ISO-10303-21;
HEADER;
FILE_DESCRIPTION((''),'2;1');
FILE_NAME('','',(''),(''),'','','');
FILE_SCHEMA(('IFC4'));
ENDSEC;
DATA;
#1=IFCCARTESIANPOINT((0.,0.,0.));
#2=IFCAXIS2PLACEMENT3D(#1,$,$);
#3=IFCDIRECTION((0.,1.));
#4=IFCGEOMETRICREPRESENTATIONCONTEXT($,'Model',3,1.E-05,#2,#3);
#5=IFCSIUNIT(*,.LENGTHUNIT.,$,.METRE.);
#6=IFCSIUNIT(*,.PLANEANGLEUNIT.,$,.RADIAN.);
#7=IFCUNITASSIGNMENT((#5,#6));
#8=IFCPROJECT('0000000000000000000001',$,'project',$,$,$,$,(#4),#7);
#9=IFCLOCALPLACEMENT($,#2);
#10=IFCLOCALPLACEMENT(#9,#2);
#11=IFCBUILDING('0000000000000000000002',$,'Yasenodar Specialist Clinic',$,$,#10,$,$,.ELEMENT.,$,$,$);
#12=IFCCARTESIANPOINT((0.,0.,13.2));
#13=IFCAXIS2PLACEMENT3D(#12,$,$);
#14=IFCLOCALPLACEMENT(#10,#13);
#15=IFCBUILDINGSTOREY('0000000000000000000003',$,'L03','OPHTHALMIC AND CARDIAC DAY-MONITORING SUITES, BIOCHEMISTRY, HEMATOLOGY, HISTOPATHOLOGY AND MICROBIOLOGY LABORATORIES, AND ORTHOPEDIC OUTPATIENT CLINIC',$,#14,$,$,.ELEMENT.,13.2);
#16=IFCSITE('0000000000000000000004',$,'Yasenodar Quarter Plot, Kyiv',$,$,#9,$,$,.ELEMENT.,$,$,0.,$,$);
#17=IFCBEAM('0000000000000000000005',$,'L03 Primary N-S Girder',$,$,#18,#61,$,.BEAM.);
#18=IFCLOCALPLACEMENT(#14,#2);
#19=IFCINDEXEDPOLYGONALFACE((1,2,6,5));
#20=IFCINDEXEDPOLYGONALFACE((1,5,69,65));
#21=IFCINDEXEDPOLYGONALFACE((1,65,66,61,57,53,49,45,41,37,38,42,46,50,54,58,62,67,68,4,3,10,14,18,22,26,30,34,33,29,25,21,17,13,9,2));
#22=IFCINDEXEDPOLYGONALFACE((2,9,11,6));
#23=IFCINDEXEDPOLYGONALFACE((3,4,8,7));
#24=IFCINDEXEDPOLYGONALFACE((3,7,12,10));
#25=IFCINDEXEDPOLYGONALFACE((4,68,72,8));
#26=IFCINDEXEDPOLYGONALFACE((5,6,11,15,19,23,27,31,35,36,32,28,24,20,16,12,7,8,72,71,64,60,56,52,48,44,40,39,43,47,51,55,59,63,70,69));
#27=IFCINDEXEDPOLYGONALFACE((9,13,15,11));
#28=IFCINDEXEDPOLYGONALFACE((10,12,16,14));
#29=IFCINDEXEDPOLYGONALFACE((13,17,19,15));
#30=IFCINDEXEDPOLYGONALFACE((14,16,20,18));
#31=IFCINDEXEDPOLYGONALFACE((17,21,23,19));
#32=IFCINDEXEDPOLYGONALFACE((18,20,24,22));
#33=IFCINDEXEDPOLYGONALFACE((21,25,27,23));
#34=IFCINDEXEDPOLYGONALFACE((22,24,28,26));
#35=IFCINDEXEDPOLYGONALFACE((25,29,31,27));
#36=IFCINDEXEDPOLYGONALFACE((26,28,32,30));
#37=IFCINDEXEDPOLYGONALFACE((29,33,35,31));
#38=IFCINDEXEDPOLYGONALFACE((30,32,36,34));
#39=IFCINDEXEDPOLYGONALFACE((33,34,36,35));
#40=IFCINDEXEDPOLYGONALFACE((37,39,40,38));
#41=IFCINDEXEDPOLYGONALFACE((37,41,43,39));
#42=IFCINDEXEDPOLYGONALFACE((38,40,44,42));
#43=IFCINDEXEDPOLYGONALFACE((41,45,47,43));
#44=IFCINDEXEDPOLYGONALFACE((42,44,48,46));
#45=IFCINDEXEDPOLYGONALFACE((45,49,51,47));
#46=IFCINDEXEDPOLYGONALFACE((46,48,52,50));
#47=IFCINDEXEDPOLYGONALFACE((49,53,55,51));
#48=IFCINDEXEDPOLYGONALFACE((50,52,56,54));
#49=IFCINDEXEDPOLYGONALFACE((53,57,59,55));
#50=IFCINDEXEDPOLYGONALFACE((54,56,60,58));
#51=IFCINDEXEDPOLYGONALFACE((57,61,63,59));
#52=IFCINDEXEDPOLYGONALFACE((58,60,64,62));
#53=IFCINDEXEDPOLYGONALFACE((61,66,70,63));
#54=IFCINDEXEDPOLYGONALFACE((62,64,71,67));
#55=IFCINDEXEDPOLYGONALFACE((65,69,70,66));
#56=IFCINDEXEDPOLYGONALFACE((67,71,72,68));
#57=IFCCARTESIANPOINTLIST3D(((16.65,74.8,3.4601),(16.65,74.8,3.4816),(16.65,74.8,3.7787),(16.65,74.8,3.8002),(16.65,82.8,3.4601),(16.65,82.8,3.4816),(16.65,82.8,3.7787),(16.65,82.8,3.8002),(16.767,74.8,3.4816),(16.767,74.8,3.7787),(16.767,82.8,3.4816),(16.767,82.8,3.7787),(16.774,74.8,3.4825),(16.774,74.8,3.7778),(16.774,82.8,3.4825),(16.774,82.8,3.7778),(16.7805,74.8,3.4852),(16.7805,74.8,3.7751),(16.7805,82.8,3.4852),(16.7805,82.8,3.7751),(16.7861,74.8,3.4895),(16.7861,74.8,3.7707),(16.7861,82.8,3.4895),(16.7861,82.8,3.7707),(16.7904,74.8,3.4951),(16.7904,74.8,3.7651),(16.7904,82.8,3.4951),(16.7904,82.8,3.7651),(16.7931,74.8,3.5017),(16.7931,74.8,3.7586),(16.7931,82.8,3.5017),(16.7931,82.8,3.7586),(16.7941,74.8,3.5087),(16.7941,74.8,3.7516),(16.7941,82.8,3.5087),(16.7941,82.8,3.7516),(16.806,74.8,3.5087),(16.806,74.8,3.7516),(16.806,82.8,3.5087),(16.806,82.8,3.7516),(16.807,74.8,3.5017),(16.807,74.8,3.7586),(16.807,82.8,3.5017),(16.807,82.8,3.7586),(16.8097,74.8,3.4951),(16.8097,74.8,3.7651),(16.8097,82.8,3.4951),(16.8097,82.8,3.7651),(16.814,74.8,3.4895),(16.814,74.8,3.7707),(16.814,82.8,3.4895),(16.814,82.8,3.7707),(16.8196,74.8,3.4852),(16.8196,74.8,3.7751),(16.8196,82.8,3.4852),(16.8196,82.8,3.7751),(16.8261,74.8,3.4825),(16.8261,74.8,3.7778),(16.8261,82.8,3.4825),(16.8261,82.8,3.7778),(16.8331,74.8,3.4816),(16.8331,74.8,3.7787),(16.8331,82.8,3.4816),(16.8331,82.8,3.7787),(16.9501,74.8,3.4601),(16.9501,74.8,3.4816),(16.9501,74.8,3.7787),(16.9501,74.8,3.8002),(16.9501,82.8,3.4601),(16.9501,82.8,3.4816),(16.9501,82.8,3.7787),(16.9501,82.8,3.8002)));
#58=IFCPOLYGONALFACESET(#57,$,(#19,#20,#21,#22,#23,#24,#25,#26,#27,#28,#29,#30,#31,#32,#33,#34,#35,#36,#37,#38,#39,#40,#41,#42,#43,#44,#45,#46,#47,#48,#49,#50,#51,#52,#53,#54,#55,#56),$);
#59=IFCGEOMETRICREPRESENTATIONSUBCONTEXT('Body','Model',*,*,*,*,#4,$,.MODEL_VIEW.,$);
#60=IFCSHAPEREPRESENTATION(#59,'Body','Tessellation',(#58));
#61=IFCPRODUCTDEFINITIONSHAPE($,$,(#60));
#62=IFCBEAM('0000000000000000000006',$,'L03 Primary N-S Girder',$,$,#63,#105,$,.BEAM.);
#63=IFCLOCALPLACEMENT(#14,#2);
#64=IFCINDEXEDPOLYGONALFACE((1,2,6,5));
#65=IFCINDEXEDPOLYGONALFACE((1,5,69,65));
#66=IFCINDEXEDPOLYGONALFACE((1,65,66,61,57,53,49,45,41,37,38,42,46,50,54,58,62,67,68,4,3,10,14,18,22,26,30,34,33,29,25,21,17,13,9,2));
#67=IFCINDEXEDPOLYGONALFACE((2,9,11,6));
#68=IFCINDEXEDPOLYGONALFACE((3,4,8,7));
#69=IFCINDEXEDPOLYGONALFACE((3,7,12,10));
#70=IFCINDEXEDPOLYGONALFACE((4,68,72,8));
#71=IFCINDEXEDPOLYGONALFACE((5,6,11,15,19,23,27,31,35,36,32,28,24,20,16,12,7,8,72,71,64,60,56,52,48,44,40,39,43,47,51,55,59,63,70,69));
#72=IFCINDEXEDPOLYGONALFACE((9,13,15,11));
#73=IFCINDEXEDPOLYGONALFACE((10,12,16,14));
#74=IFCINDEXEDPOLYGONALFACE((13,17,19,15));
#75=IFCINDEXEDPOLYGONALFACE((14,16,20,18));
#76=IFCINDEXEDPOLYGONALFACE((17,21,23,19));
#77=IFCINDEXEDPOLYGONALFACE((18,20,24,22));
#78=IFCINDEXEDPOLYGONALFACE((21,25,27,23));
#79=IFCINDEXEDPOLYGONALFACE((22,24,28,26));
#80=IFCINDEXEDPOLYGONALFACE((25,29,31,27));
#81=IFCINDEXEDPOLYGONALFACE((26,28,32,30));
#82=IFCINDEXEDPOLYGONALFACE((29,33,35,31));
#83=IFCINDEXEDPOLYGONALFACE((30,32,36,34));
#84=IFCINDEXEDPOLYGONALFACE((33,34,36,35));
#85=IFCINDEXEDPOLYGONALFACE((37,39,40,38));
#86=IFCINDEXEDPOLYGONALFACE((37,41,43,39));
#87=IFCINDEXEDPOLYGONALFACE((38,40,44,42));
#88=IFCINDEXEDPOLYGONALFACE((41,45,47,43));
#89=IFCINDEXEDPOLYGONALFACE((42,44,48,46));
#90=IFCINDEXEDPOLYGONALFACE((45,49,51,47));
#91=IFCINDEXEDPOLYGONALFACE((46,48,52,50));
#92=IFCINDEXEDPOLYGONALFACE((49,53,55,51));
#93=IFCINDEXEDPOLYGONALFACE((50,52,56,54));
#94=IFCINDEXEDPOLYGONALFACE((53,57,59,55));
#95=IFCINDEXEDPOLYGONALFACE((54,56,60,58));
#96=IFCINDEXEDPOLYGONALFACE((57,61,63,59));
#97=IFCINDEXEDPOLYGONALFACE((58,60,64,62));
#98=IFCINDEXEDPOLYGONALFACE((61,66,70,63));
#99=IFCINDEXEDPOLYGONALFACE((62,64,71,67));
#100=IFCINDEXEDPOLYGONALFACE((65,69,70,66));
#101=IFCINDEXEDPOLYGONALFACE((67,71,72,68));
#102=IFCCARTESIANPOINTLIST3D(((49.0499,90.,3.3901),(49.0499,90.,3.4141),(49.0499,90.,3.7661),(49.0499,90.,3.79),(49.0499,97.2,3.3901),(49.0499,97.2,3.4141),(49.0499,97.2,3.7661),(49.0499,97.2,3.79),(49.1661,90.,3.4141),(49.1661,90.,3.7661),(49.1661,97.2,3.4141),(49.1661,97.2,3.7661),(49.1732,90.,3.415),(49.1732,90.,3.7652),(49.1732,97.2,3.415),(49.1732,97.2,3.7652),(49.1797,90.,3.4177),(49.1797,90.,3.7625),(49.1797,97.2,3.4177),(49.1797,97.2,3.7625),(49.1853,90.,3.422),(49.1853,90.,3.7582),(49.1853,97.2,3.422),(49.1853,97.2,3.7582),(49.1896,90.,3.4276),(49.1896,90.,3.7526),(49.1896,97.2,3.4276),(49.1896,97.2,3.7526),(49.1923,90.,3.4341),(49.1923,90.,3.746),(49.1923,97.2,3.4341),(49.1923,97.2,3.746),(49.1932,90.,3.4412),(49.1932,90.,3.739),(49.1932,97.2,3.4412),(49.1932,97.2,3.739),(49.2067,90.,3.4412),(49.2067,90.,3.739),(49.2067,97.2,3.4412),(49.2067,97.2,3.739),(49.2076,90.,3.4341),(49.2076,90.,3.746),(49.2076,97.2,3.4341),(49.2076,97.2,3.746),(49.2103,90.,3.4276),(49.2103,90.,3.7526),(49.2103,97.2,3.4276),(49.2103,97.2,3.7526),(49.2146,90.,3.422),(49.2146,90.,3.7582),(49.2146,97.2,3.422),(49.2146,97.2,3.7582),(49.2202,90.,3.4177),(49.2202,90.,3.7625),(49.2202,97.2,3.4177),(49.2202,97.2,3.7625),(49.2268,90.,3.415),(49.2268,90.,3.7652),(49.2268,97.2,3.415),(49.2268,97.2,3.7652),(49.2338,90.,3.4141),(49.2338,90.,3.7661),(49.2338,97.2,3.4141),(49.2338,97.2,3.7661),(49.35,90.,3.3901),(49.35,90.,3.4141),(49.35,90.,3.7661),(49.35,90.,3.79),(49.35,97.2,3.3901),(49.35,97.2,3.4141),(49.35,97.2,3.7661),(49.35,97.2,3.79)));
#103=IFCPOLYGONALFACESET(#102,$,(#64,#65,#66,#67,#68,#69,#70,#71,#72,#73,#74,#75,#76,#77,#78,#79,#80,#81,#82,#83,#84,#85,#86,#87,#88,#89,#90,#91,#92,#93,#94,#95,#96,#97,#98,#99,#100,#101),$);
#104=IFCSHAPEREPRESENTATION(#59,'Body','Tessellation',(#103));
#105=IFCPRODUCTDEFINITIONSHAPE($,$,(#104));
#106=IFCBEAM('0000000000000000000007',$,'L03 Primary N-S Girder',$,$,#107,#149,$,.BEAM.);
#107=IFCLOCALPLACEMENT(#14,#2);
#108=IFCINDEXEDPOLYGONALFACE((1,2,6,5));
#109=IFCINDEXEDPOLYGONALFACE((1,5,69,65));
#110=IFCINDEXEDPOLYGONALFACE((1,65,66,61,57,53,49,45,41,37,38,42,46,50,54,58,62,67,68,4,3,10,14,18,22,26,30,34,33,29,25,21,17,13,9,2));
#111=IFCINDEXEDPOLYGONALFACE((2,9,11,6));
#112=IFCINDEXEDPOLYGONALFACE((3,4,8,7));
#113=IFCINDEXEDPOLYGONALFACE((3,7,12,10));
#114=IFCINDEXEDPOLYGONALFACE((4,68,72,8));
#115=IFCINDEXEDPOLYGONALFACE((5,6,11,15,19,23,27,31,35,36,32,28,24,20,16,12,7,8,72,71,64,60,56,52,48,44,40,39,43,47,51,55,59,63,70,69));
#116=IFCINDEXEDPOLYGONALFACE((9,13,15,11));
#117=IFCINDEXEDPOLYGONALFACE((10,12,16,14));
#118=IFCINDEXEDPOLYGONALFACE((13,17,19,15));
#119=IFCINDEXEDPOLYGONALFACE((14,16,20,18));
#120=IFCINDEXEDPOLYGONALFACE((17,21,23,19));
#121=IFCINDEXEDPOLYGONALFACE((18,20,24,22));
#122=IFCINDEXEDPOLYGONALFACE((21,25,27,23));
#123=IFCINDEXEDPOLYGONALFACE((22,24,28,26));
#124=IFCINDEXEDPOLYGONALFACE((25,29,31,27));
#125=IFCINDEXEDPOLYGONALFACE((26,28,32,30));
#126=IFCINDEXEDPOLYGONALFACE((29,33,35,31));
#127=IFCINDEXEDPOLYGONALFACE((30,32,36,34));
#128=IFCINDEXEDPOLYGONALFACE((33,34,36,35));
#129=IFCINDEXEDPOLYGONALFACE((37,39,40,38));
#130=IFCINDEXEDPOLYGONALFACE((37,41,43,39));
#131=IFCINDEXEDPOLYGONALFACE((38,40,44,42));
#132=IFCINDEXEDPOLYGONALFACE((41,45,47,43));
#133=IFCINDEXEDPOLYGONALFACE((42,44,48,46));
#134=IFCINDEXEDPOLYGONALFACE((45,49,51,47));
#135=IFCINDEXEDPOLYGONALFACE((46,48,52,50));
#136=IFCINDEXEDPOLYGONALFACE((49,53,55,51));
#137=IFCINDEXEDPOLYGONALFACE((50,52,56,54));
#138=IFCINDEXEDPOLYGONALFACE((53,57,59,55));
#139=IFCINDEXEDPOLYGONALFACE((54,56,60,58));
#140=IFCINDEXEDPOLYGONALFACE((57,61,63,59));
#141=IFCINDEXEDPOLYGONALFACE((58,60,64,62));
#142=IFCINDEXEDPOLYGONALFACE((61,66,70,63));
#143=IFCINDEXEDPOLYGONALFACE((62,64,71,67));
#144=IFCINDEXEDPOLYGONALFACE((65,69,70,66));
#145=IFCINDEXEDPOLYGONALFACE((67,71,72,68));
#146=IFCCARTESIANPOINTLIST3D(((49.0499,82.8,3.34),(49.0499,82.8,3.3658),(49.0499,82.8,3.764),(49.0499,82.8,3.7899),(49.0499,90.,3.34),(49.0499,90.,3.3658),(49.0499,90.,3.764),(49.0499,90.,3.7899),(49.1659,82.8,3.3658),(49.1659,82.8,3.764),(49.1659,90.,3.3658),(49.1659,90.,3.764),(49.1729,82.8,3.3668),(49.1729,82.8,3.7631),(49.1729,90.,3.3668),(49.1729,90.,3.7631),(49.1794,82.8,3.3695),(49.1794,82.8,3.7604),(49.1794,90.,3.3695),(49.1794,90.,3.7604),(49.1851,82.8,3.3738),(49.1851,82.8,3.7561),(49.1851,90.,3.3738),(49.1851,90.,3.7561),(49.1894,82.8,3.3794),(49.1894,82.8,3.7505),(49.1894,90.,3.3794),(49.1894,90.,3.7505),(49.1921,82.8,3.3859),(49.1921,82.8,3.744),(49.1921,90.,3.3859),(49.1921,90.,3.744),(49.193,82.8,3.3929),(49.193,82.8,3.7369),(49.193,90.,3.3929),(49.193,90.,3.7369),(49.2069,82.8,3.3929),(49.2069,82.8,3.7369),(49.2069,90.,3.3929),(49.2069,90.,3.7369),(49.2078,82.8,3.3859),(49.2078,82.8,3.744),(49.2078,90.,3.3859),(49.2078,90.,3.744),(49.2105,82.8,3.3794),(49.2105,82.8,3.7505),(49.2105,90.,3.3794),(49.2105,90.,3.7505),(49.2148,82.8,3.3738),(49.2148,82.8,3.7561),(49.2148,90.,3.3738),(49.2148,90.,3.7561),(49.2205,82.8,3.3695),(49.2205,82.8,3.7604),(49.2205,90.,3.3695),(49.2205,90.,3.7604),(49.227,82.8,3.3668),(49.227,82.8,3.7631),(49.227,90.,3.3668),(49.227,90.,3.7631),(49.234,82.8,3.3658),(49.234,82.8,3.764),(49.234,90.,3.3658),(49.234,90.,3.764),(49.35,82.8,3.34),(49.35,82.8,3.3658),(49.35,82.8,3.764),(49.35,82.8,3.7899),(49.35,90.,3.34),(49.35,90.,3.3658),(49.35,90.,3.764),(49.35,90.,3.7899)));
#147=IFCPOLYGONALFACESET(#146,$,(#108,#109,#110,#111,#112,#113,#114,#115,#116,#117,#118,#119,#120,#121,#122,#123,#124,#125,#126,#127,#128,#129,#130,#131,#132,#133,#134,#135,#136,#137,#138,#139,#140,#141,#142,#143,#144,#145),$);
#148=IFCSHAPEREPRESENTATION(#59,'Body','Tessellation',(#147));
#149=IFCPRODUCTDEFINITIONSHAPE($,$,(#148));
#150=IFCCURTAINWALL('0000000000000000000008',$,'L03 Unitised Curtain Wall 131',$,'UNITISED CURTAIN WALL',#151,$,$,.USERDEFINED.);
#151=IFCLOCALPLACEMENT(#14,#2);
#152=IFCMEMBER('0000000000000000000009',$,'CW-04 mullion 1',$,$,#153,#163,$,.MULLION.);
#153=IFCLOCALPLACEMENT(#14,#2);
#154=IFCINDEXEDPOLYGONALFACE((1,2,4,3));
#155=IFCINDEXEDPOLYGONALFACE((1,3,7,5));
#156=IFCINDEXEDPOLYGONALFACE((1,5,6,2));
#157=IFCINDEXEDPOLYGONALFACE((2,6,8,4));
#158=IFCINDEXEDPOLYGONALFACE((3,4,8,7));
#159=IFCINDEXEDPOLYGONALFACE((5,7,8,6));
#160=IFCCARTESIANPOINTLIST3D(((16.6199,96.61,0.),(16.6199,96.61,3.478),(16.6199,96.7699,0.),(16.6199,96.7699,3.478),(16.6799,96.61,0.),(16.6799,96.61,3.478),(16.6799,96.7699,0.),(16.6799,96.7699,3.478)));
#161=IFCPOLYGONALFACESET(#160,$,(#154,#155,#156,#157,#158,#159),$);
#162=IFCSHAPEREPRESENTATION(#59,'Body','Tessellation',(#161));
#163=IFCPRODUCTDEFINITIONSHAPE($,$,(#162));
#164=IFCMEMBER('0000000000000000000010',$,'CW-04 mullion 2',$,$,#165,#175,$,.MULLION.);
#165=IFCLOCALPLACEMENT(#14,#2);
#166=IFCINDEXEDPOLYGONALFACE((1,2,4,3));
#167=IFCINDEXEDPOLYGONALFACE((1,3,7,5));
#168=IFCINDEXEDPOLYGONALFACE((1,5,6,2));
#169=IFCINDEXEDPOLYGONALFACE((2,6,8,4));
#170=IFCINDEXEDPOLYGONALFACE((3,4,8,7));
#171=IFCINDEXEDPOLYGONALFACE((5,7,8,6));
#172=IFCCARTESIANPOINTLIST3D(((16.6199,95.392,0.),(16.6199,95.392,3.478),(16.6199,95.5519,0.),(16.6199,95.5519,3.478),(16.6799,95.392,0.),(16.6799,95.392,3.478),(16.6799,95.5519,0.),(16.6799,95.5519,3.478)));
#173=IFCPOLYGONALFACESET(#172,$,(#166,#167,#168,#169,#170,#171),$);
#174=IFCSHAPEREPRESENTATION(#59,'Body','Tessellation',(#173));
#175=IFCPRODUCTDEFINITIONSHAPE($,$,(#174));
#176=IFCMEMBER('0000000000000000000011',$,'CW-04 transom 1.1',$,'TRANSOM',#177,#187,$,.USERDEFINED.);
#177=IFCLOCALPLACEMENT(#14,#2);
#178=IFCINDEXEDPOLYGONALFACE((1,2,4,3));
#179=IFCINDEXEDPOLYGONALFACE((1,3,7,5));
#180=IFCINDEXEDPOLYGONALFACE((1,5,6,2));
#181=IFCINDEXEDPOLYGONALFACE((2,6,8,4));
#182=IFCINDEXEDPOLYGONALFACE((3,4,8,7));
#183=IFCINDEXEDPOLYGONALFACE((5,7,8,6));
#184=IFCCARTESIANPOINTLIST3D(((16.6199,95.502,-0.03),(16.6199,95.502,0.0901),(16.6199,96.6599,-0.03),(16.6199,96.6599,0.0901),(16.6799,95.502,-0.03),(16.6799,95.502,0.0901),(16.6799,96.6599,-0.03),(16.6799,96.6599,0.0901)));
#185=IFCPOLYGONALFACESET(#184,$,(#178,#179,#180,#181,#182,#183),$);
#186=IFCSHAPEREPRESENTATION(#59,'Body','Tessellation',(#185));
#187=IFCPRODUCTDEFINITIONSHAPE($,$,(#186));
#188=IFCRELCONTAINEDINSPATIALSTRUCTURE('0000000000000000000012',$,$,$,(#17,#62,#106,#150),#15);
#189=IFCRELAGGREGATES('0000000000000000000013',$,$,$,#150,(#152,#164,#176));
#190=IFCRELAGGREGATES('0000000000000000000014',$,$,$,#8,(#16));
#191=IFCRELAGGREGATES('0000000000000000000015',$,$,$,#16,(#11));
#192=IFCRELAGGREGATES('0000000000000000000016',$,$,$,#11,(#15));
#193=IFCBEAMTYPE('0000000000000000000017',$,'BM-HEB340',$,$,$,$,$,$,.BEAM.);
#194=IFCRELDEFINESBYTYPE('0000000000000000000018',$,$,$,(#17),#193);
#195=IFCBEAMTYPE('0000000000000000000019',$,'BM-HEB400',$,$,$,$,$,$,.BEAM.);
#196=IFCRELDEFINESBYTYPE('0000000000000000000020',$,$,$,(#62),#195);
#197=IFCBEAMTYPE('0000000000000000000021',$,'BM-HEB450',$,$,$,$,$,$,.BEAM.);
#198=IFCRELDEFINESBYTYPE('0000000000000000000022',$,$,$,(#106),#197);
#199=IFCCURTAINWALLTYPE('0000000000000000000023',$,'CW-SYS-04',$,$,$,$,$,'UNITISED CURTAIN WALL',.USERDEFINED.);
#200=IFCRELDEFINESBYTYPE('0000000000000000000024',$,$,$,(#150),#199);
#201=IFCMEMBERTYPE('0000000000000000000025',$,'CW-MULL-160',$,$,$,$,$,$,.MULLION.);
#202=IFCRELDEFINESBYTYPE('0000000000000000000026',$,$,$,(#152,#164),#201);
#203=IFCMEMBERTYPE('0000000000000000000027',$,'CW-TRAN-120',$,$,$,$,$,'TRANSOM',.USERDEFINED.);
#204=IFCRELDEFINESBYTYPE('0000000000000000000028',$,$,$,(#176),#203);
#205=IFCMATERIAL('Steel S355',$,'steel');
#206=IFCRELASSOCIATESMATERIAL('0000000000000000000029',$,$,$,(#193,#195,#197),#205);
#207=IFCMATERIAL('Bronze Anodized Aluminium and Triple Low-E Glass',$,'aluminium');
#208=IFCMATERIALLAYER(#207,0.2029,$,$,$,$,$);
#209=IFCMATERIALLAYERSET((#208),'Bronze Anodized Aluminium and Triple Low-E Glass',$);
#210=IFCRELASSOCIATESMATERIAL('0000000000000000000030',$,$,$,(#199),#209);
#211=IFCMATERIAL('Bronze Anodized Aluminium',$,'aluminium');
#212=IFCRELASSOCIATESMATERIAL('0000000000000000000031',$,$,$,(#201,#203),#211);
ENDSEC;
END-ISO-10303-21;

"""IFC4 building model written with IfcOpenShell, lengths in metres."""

from ifc_helpers import new_model, si_unit, direction, frame, origin, origin_2d, place, context, subcontext, project, spatial, rectangle, i_section, extrude, material, layer, layer_set, material_profile, profile_set, type_object, element, aggregate, save


model = new_model("IFC4")

# Units and contexts
model_context = context("Model", 3, precision=1e-05, world=origin(), true_north=direction((0.0, 1.0)))
body_context = subcontext(model_context, "Body", "Model", "MODEL_VIEW")
ifc_project = project(units=[si_unit("LENGTHUNIT", "METRE"), si_unit("PLANEANGLEUNIT", "RADIAN")], contexts=[model_context])

# Site, building, storey
site_placement = place(None, origin())
site = spatial("IfcSite", under=ifc_project, at=site_placement, Name="Yasenodar Quarter Plot, Kyiv", CompositionType="ELEMENT", RefElevation=0.0)
building_placement = place(site_placement, origin())
building = spatial("IfcBuilding", under=site, at=building_placement, Name="Yasenodar Specialist Clinic", CompositionType="ELEMENT")
storey_placement = place(building_placement, frame((0.0, 0.0, 13.2)))
storey = spatial("IfcBuildingStorey", under=building, at=storey_placement, Name="L03", Description="OPHTHALMIC AND CARDIAC DAY-MONITORING SUITES, BIOCHEMISTRY, HEMATOLOGY, HISTOPATHOLOGY AND MICROBIOLOGY LABORATORIES, AND ORTHOPEDIC OUTPATIENT CLINIC", CompositionType="ELEMENT", Elevation=13.2)

# Shared definitions
ifc_material_1 = material(Name="Steel S355", Category="steel")

# Beams
ifc_material_profile_1 = material_profile(ifc_material_1, i_section(OverallWidth=0.3, OverallDepth=0.3401, WebThickness=0.012, FlangeThickness=0.0215, FilletRadius=0.0271, at=origin_2d()), Name="HEB 340")
ifc_profile_set_1 = profile_set([ifc_material_profile_1], Name="Steel S355")
beam_type_1 = type_object("IfcBeamType", Name="BM-HEB340", PredefinedType="BEAM", material=ifc_profile_set_1)
beam_1_placement = place(storey_placement, frame((16.8, 74.8, 3.6301), z_axis=(0.0, 1.0, 0.0), x_axis=(-1.0, 0.0, 0.0)))
element("IfcBeam", 1, at=beam_1_placement, inside=storey, type_object=beam_type_1, Name="L03 Primary N-S Girder", PredefinedType="BEAM", context=body_context, shape_type="SweptSolid", body=[
    extrude(i_section(OverallWidth=0.3, OverallDepth=0.3401, WebThickness=0.012, FlangeThickness=0.0215, FilletRadius=0.0271, at=origin_2d()), origin(), (0.0, 0.0, 1.0), 8.0),
])
ifc_material_profile_2 = material_profile(ifc_material_1, i_section(OverallWidth=0.3, OverallDepth=0.3999, WebThickness=0.0134, FlangeThickness=0.0239, FilletRadius=0.0271, at=origin_2d()), Name="HEB 400")
ifc_profile_set_2 = profile_set([ifc_material_profile_2], Name="Steel S355")
beam_type_2 = type_object("IfcBeamType", Name="BM-HEB400", PredefinedType="BEAM", material=ifc_profile_set_2)
beam_2_placement = place(storey_placement, frame((49.2, 90.0, 3.5901), z_axis=(0.0, 1.0, 0.0), x_axis=(-1.0, 0.0, 0.0)))
element("IfcBeam", 2, at=beam_2_placement, inside=storey, type_object=beam_type_2, Name="L03 Primary N-S Girder", PredefinedType="BEAM", context=body_context, shape_type="SweptSolid", body=[
    extrude(i_section(OverallWidth=0.3, OverallDepth=0.3999, WebThickness=0.0134, FlangeThickness=0.0239, FilletRadius=0.0271, at=origin_2d()), origin(), (0.0, 0.0, 1.0), 7.2),
])
ifc_material_profile_3 = material_profile(ifc_material_1, i_section(OverallWidth=0.3, OverallDepth=0.45, WebThickness=0.0139, FlangeThickness=0.0259, FilletRadius=0.0271, at=origin_2d()), Name="HEB 450")
ifc_profile_set_3 = profile_set([ifc_material_profile_3], Name="Steel S355")
beam_type_3 = type_object("IfcBeamType", Name="BM-HEB450", PredefinedType="BEAM", material=ifc_profile_set_3)
beam_3_placement = place(storey_placement, frame((49.2, 82.8, 3.5649), z_axis=(0.0, 1.0, 0.0), x_axis=(-1.0, 0.0, 0.0)))
element("IfcBeam", 3, at=beam_3_placement, inside=storey, type_object=beam_type_3, Name="L03 Primary N-S Girder", PredefinedType="BEAM", context=body_context, shape_type="SweptSolid", body=[
    extrude(i_section(OverallWidth=0.3, OverallDepth=0.45, WebThickness=0.0139, FlangeThickness=0.0259, FilletRadius=0.0271, at=origin_2d()), origin(), (0.0, 0.0, 1.0), 7.2),
])

# Curtain wall, members
ifc_material_2 = material(Name="Bronze Anodized Aluminium and Triple Low-E Glass", Category="aluminium")
ifc_layer_1 = layer(ifc_material_2, 0.2029)
ifc_layer_set_1 = layer_set([ifc_layer_1], Name="Bronze Anodized Aluminium and Triple Low-E Glass")
curtain_wall_type = type_object("IfcCurtainWallType", Name="CW-SYS-04", ElementType="UNITISED CURTAIN WALL", PredefinedType="USERDEFINED", material=ifc_layer_set_1)
curtain_wall_placement = place(storey_placement, origin())
curtain_wall = element("IfcCurtainWall", 4, at=curtain_wall_placement, inside=storey, type_object=curtain_wall_type, Name="L03 Unitised Curtain Wall 131", ObjectType="UNITISED CURTAIN WALL", PredefinedType="USERDEFINED")
ifc_material_3 = material(Name="Bronze Anodized Aluminium", Category="aluminium")
ifc_material_profile_4 = material_profile(ifc_material_3, rectangle(XDim=0.0601, YDim=0.1599, at=origin_2d()), Name="CW-MULL 60x160")
ifc_profile_set_4 = profile_set([ifc_material_profile_4], Name="Bronze Anodized Aluminium")
member_type_1 = type_object("IfcMemberType", Name="CW-MULL-160", PredefinedType="MULLION", material=ifc_profile_set_4)
member_1_placement = place(storey_placement, frame((16.6499, 96.6899, 0.0), z_axis=(0.0, 0.0, 1.0), x_axis=(1.0, 0.0, 0.0)))
member_1 = element("IfcMember", 5, at=member_1_placement, type_object=member_type_1, Name="CW-04 mullion 1", PredefinedType="MULLION", context=body_context, shape_type="SweptSolid", body=[
    extrude(rectangle(XDim=0.0601, YDim=0.1599, at=origin_2d()), origin(), (0.0, 0.0, 1.0), 3.478),
])
member_2_placement = place(storey_placement, frame((16.6499, 95.4719, 0.0), z_axis=(0.0, 0.0, 1.0), x_axis=(1.0, 0.0, 0.0)))
member_2 = element("IfcMember", 6, at=member_2_placement, type_object=member_type_1, Name="CW-04 mullion 2", PredefinedType="MULLION", context=body_context, shape_type="SweptSolid", body=[
    extrude(rectangle(XDim=0.0601, YDim=0.1599, at=origin_2d()), origin(), (0.0, 0.0, 1.0), 3.478),
])
ifc_material_profile_5 = material_profile(ifc_material_3, rectangle(XDim=0.0601, YDim=0.1201, at=origin_2d()), Name="CW-TRAN 60x120")
ifc_profile_set_5 = profile_set([ifc_material_profile_5], Name="Bronze Anodized Aluminium")
member_type_2 = type_object("IfcMemberType", Name="CW-TRAN-120", ElementType="TRANSOM", PredefinedType="USERDEFINED", material=ifc_profile_set_5)
member_3_placement = place(storey_placement, frame((16.6499, 96.6599, 0.03), z_axis=(0.0, -1.0, 0.0), x_axis=(1.0, 0.0, 0.0)))
member_3 = element("IfcMember", 7, at=member_3_placement, type_object=member_type_2, Name="CW-04 transom 1.1", ObjectType="TRANSOM", PredefinedType="USERDEFINED", context=body_context, shape_type="SweptSolid", body=[
    extrude(rectangle(XDim=0.0601, YDim=0.1201, at=origin_2d()), origin(), (0.0, 0.0, 1.0), 1.158),
])
aggregate(curtain_wall, [member_1, member_2, member_3])

save(model, "model.ifc")
